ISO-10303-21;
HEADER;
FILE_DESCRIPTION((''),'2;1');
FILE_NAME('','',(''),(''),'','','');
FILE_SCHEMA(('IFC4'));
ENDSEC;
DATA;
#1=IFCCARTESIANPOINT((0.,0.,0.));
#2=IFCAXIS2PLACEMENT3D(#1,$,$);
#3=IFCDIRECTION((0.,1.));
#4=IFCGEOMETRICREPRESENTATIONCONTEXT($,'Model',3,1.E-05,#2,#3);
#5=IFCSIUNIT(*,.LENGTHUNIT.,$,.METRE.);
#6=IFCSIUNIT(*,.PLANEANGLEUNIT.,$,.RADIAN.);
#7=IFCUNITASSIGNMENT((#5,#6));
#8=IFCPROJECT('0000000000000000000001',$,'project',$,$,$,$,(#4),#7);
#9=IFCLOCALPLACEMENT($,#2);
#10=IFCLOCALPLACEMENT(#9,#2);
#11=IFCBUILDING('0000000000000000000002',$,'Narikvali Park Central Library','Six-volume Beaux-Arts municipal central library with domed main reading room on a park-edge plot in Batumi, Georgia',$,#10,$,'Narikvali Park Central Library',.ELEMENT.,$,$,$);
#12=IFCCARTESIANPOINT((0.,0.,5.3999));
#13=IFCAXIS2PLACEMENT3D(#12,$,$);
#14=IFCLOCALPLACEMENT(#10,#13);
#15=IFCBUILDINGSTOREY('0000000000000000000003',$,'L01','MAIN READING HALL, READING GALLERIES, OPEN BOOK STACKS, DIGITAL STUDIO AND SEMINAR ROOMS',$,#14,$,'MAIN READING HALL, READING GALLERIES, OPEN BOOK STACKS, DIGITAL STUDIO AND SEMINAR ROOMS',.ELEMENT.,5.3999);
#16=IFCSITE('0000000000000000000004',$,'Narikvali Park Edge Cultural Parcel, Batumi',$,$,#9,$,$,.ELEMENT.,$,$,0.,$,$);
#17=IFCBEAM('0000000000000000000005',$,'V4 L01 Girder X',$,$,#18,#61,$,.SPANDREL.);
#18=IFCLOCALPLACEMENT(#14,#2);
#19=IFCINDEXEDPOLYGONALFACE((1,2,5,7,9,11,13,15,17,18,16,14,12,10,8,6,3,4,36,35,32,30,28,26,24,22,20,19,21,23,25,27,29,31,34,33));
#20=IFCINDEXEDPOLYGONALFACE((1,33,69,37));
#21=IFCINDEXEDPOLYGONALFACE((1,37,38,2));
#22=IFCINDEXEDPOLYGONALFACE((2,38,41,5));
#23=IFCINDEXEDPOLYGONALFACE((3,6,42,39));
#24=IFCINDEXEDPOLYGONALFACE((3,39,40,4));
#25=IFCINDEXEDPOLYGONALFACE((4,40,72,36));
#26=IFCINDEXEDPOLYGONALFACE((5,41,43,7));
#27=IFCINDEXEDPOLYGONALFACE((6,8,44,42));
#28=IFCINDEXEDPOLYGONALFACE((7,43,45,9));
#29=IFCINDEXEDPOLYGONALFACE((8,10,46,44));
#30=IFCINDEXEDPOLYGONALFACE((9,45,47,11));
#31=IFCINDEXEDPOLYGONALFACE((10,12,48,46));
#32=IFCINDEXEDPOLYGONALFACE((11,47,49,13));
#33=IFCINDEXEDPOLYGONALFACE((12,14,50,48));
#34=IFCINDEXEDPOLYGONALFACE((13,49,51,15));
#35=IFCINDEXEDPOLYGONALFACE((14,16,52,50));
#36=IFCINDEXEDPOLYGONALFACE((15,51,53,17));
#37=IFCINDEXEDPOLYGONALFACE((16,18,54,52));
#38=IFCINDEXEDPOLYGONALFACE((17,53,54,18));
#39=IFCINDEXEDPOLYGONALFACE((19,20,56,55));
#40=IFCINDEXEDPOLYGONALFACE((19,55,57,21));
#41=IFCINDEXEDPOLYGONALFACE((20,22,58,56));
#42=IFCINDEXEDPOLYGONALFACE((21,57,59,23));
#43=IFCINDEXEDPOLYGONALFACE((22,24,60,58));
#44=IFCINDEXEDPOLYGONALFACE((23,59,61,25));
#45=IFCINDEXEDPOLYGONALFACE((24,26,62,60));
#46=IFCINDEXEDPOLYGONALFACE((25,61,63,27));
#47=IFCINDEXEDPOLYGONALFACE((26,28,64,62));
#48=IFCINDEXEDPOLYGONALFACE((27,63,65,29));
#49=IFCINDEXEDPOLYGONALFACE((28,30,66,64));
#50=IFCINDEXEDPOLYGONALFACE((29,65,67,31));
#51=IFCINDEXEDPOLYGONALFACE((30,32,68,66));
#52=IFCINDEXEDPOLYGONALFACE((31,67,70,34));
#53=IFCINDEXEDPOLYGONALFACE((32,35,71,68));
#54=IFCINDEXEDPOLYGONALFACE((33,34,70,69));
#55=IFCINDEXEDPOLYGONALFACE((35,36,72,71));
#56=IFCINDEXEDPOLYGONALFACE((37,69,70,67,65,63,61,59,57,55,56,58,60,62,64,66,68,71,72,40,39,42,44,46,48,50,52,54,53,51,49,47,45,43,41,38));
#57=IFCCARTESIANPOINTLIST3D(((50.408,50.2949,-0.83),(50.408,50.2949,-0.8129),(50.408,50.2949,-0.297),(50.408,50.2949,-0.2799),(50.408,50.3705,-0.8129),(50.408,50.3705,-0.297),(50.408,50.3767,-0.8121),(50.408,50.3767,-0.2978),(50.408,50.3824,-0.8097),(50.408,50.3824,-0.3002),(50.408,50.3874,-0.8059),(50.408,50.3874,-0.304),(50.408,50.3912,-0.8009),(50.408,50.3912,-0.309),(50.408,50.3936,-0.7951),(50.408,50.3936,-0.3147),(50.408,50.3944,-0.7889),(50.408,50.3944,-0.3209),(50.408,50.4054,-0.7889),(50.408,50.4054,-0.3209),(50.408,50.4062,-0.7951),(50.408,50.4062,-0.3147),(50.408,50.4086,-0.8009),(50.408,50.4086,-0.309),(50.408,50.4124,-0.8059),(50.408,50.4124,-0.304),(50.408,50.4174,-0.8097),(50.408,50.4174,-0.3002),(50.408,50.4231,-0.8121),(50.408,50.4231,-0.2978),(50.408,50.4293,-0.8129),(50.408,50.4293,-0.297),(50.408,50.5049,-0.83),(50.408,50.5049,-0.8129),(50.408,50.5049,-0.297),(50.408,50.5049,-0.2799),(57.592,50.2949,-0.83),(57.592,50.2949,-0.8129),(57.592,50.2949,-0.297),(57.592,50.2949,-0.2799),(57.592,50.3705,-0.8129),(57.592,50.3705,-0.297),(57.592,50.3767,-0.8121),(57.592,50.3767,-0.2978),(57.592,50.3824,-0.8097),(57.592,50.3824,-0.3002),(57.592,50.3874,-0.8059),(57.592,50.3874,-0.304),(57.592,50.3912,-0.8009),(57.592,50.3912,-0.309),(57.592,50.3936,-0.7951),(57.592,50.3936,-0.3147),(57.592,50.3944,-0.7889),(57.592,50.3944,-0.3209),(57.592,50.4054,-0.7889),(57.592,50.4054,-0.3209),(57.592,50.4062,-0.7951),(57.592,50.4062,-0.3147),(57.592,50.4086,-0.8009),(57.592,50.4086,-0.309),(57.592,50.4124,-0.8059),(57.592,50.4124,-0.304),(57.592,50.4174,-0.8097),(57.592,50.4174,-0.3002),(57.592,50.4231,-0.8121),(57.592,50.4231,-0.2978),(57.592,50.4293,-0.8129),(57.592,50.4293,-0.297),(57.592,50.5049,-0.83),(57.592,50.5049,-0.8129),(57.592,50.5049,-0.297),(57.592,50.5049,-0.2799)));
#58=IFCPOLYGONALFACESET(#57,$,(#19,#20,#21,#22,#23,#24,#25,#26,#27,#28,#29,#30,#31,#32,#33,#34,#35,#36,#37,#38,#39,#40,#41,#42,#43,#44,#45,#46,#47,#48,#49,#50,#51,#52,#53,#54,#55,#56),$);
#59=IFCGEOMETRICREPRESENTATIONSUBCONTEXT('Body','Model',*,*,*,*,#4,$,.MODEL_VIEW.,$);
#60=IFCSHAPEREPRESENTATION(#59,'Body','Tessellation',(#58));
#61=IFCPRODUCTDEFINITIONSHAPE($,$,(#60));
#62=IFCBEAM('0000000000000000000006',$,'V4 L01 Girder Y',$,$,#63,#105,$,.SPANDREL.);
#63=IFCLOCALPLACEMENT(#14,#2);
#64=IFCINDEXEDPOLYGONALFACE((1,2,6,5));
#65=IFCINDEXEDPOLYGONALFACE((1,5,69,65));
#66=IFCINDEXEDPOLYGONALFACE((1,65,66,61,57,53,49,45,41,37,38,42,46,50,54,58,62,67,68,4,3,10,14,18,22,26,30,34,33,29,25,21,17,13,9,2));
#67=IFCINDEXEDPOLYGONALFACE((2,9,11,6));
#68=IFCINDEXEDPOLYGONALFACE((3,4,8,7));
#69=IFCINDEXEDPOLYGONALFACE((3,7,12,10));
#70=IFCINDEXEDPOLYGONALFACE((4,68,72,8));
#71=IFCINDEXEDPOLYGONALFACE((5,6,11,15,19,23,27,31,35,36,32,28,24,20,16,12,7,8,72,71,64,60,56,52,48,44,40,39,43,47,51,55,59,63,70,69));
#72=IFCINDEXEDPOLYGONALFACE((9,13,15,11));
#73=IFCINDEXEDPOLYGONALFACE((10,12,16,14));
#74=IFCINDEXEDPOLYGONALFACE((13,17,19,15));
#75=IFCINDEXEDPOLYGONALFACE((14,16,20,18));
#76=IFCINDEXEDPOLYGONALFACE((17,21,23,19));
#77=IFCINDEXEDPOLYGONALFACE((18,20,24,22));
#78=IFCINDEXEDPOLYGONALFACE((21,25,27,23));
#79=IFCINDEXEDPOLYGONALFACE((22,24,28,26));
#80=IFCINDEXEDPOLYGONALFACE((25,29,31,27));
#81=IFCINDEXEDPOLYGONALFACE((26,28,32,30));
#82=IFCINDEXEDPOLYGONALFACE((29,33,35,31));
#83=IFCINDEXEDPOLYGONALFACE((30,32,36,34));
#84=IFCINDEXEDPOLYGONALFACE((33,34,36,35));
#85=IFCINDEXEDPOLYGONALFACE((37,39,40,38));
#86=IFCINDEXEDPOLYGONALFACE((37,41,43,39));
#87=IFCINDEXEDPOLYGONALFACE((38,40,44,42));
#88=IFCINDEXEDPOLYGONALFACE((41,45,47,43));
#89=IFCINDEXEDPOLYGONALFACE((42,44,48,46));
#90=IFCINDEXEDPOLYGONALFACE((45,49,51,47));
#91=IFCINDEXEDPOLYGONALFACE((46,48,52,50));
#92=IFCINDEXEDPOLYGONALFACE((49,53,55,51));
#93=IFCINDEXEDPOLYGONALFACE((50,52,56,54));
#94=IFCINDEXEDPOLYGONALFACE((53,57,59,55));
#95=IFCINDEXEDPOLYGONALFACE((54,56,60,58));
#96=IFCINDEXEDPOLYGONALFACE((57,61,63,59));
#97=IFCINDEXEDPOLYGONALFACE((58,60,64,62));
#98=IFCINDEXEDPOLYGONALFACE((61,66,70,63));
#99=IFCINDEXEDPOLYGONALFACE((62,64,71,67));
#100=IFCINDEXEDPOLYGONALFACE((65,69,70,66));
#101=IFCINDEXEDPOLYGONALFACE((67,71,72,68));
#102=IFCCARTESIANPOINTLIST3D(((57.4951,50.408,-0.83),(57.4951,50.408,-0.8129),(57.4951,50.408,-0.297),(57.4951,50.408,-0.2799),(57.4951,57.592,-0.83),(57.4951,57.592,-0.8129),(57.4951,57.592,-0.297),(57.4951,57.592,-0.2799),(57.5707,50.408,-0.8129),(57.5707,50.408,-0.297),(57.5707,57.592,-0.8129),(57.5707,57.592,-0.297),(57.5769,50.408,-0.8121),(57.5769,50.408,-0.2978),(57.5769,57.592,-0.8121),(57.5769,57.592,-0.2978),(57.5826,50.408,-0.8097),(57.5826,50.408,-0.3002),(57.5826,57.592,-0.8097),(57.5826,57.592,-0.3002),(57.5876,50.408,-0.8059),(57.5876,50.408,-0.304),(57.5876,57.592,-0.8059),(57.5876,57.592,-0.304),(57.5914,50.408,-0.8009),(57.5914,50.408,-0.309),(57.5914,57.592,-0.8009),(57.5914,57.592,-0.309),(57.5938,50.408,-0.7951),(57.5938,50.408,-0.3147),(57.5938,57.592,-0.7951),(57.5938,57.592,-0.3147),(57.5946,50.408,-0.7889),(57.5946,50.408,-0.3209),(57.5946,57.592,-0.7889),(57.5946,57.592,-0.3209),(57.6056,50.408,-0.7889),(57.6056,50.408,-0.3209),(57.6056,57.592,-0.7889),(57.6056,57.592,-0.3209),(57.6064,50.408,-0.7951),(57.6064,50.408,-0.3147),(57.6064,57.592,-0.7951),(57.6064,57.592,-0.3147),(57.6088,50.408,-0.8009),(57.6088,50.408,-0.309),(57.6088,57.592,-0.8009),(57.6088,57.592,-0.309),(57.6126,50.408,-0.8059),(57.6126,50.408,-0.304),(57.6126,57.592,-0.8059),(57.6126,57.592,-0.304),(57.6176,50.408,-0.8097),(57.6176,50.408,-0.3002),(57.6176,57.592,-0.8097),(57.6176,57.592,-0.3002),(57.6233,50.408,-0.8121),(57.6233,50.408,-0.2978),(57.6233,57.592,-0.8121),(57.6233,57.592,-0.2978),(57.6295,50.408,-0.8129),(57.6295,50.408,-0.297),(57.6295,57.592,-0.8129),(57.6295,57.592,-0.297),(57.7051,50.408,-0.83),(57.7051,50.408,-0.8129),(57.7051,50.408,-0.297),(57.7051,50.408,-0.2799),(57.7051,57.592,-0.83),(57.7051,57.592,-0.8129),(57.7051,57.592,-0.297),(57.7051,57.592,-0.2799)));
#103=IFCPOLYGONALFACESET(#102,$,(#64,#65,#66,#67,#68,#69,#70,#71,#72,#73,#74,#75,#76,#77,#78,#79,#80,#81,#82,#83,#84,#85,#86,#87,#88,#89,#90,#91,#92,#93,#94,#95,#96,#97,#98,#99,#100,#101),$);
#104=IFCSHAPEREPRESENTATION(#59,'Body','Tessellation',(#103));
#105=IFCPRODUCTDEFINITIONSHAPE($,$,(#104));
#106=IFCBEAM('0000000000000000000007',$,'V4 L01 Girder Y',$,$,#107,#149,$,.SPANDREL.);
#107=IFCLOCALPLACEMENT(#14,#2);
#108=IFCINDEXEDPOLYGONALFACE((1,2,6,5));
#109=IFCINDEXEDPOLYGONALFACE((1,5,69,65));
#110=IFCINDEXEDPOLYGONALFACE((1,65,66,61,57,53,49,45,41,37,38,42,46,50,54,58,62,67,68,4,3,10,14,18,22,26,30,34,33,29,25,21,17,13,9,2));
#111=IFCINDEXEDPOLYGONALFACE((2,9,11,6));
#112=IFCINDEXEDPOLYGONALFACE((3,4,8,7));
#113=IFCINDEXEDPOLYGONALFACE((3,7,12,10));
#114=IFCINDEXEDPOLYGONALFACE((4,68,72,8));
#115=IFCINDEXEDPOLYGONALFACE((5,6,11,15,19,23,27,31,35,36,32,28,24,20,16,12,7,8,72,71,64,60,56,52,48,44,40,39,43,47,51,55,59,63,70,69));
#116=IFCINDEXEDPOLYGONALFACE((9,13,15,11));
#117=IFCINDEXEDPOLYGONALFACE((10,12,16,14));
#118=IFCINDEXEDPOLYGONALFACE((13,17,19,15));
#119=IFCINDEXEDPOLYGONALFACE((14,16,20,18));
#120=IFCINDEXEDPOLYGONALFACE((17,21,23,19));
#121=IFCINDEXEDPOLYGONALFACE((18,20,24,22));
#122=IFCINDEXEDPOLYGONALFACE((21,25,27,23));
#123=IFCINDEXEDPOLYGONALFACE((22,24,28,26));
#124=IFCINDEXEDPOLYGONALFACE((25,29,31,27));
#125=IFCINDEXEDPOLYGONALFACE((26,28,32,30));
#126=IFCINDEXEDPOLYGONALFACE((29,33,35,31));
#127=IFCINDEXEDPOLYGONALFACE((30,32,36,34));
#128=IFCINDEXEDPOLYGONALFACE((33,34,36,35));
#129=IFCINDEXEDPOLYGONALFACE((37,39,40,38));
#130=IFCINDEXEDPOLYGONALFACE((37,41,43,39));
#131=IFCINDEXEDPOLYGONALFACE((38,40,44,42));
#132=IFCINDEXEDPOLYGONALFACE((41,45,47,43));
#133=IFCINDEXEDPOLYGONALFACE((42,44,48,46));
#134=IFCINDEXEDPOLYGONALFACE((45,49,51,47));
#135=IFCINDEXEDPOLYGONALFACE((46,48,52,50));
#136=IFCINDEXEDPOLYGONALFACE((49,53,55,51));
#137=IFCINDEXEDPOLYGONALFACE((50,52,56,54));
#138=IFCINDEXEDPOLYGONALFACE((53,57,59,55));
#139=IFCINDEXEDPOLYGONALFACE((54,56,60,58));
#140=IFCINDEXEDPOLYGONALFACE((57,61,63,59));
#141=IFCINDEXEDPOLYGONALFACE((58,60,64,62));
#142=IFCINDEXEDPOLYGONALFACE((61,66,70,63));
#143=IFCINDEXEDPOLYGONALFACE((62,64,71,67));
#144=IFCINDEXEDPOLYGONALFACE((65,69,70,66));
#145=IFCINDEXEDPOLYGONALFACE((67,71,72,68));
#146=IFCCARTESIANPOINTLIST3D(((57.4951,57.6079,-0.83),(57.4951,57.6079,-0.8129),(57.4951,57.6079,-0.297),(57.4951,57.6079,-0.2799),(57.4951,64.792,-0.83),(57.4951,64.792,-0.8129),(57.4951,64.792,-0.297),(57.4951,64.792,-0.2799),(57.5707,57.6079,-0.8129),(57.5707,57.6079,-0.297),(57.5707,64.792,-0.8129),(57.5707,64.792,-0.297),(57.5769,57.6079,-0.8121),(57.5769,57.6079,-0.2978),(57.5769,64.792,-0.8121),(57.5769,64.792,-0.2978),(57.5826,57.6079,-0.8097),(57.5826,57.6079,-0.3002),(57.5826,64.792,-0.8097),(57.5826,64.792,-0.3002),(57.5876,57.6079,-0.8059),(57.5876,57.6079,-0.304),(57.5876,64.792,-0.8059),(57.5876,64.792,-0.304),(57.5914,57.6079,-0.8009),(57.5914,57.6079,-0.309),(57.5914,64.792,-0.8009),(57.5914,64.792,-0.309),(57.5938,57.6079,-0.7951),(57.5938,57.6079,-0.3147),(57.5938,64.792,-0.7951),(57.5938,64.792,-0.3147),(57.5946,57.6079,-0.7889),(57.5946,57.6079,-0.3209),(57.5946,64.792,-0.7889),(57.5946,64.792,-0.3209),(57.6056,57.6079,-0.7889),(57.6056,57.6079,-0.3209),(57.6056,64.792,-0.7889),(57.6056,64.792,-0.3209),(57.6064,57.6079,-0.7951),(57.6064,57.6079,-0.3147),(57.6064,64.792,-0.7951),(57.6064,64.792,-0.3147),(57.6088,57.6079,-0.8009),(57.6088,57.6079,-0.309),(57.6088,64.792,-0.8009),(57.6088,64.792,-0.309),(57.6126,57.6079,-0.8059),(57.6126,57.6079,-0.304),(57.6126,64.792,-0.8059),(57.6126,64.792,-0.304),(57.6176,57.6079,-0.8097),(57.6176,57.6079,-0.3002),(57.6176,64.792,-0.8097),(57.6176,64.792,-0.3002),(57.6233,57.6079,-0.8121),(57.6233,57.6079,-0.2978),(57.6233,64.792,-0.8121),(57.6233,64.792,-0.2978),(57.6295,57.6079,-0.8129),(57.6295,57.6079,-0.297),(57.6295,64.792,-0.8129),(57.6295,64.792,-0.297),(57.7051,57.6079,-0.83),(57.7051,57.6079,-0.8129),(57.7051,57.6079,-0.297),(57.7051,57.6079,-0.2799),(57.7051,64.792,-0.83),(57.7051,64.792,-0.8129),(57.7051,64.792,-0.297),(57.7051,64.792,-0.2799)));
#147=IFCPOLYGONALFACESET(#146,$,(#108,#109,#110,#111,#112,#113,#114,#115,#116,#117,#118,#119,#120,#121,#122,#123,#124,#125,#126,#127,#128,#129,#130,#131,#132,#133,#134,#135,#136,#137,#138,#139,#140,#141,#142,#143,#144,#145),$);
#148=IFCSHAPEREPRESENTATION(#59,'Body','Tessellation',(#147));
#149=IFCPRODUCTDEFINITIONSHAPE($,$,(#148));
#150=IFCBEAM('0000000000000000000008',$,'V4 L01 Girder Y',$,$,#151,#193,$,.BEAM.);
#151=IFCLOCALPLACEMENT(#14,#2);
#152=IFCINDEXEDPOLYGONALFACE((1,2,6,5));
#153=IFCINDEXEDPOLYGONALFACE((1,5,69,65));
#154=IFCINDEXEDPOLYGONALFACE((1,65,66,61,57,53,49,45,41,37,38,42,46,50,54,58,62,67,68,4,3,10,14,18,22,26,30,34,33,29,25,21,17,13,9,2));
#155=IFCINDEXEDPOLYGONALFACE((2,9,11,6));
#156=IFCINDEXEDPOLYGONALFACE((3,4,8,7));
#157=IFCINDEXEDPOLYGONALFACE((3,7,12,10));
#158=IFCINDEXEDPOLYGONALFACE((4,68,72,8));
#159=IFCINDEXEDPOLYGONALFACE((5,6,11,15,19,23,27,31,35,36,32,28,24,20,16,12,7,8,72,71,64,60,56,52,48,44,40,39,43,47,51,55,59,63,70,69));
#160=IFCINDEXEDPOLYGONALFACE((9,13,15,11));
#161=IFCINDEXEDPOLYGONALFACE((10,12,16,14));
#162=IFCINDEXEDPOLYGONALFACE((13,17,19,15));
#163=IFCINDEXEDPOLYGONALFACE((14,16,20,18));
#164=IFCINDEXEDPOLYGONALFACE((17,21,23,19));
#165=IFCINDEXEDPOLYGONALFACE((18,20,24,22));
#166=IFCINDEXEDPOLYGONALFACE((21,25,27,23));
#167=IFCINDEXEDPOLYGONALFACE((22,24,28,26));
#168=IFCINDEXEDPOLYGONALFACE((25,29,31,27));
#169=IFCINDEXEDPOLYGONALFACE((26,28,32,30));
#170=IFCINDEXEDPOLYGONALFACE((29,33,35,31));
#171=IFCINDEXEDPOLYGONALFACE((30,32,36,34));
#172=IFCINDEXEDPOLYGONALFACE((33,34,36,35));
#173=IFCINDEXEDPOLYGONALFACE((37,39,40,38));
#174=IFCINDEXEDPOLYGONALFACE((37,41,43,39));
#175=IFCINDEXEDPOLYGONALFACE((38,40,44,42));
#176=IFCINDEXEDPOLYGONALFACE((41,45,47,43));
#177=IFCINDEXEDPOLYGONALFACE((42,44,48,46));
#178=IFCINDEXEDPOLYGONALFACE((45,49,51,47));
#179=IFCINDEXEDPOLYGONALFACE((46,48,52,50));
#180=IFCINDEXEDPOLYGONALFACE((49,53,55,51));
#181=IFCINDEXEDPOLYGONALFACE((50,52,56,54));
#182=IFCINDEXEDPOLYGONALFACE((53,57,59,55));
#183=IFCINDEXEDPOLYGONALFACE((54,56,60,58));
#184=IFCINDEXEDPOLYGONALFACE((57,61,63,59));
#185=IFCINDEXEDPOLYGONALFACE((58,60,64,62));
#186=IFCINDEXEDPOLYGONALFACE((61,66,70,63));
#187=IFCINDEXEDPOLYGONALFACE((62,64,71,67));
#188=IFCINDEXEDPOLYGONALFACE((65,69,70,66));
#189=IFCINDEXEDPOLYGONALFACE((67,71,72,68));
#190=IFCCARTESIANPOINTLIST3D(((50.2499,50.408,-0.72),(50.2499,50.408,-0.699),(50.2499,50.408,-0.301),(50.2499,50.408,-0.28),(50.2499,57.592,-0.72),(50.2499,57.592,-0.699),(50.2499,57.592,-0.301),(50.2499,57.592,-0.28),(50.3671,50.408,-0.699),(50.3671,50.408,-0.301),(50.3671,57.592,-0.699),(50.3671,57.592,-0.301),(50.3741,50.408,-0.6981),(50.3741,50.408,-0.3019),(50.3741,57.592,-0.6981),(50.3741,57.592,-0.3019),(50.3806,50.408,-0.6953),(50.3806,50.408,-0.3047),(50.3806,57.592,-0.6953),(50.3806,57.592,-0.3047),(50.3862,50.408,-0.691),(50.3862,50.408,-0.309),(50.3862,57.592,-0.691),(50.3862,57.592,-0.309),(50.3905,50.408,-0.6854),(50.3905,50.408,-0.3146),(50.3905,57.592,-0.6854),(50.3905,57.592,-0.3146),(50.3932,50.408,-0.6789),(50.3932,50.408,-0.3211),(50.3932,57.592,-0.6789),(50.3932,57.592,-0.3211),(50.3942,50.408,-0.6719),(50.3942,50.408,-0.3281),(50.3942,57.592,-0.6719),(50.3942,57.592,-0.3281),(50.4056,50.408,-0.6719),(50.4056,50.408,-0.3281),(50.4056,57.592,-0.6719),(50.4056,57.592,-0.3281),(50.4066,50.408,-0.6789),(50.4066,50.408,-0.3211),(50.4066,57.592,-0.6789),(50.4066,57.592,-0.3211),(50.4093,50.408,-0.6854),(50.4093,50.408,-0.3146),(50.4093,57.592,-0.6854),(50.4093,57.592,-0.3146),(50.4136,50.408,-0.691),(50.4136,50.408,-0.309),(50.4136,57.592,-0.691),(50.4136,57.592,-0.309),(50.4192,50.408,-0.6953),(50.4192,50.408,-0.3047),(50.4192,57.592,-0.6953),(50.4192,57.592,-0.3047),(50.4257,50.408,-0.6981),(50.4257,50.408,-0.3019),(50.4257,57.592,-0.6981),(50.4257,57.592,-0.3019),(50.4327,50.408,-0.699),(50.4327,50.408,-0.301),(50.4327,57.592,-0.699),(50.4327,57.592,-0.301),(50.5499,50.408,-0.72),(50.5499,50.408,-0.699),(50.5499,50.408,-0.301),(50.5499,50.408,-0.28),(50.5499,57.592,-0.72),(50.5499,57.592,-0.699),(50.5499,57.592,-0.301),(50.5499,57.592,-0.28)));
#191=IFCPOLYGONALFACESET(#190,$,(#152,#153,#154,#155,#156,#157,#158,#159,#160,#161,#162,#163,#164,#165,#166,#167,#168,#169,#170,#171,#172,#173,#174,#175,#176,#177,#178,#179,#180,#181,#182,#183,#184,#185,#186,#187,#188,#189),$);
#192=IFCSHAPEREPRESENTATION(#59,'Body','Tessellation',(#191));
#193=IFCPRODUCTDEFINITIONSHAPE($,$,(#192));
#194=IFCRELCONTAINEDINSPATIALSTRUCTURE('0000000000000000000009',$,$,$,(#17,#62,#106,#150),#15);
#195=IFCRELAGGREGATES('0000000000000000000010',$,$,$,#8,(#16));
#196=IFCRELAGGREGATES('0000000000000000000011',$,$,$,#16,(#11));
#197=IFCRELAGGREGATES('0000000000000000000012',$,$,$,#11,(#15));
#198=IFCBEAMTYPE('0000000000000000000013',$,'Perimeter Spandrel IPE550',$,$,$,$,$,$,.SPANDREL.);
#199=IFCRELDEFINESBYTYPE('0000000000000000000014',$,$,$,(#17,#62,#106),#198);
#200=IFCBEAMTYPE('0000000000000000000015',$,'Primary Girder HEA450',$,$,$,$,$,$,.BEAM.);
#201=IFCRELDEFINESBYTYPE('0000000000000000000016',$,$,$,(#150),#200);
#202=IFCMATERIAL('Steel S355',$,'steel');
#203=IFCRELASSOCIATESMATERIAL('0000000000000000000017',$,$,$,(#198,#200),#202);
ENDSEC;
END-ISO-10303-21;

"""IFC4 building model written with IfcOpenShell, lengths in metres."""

from ifc_helpers import new_model, si_unit, direction, frame, origin, origin_2d, place, context, subcontext, project, spatial, i_section, extrude, material, material_profile, profile_set, type_object, element, save


model = new_model("IFC4")

# Units and contexts
model_context = context("Model", 3, precision=1e-05, world=origin(), true_north=direction((0.0, 1.0)))
body_context = subcontext(model_context, "Body", "Model", "MODEL_VIEW")
ifc_project = project(units=[si_unit("LENGTHUNIT", "METRE"), si_unit("PLANEANGLEUNIT", "RADIAN")], contexts=[model_context])

# Site, building, storey
site_placement = place(None, origin())
site = spatial("IfcSite", under=ifc_project, at=site_placement, Name="Narikvali Park Edge Cultural Parcel, Batumi", CompositionType="ELEMENT", RefElevation=0.0)
building_placement = place(site_placement, origin())
building = spatial("IfcBuilding", under=site, at=building_placement, Name="Narikvali Park Central Library", Description="Six-volume Beaux-Arts municipal central library with domed main reading room on a park-edge plot in Batumi, Georgia", LongName="Narikvali Park Central Library", CompositionType="ELEMENT")
storey_placement = place(building_placement, frame((0.0, 0.0, 5.3999)))
storey = spatial("IfcBuildingStorey", under=building, at=storey_placement, Name="L01", Description="MAIN READING HALL, READING GALLERIES, OPEN BOOK STACKS, DIGITAL STUDIO AND SEMINAR ROOMS", LongName="MAIN READING HALL, READING GALLERIES, OPEN BOOK STACKS, DIGITAL STUDIO AND SEMINAR ROOMS", CompositionType="ELEMENT", Elevation=5.3999)

# Shared definitions
ifc_material_1 = material(Name="Steel S355", Category="steel")

# Beams
ifc_material_profile_1 = material_profile(ifc_material_1, i_section(OverallWidth=0.21, OverallDepth=0.55, WebThickness=0.011, FlangeThickness=0.0171, FilletRadius=0.0239, at=origin_2d()), Name="IPE 550")
ifc_profile_set_1 = profile_set([ifc_material_profile_1], Name="Steel S355")
beam_type_1 = type_object("IfcBeamType", Name="Perimeter Spandrel IPE550", PredefinedType="SPANDREL", material=ifc_profile_set_1)
for number, where, z_axis, x_axis, name in (
    (1, (50.408, 50.3999, -0.5549), (1.0, 0.0, 0.0), (0.0, 1.0, 0.0), "V4 L01 Girder X"),
    (2, (57.6001, 50.408, -0.5549), (0.0, 1.0, 0.0), (-1.0, 0.0, 0.0), "V4 L01 Girder Y"),
    (3, (57.6001, 57.6079, -0.5549), (0.0, 1.0, 0.0), (-1.0, 0.0, 0.0), "V4 L01 Girder Y"),
):
    element("IfcBeam", number, at=place(storey_placement, frame(where, z_axis=z_axis, x_axis=x_axis)), inside=storey, type_object=beam_type_1, Name=name, PredefinedType="SPANDREL", context=body_context, shape_type="SweptSolid", body=[
        extrude(i_section(OverallWidth=0.21, OverallDepth=0.55, WebThickness=0.011, FlangeThickness=0.0171, FilletRadius=0.0239, at=origin_2d()), origin(), (0.0, 0.0, 1.0), 7.1841),
    ])
ifc_material_profile_2 = material_profile(ifc_material_1, i_section(OverallWidth=0.3, OverallDepth=0.4399, WebThickness=0.0115, FlangeThickness=0.021, FilletRadius=0.0271, at=origin_2d()), Name="HEA 450")
ifc_profile_set_2 = profile_set([ifc_material_profile_2], Name="Steel S355")
beam_type_2 = type_object("IfcBeamType", Name="Primary Girder HEA450", PredefinedType="BEAM", material=ifc_profile_set_2)
for number, where, z_axis, x_axis, name in (
    (4, (50.3999, 50.408, -0.5), (0.0, 1.0, 0.0), (-1.0, 0.0, 0.0), "V4 L01 Girder Y"),
):
    element("IfcBeam", number, at=place(storey_placement, frame(where, z_axis=z_axis, x_axis=x_axis)), inside=storey, type_object=beam_type_2, Name=name, PredefinedType="BEAM", context=body_context, shape_type="SweptSolid", body=[
        extrude(i_section(OverallWidth=0.3, OverallDepth=0.4399, WebThickness=0.0115, FlangeThickness=0.021, FilletRadius=0.0271, at=origin_2d()), origin(), (0.0, 0.0, 1.0), 7.1841),
    ])

save(model, "model.ifc")
